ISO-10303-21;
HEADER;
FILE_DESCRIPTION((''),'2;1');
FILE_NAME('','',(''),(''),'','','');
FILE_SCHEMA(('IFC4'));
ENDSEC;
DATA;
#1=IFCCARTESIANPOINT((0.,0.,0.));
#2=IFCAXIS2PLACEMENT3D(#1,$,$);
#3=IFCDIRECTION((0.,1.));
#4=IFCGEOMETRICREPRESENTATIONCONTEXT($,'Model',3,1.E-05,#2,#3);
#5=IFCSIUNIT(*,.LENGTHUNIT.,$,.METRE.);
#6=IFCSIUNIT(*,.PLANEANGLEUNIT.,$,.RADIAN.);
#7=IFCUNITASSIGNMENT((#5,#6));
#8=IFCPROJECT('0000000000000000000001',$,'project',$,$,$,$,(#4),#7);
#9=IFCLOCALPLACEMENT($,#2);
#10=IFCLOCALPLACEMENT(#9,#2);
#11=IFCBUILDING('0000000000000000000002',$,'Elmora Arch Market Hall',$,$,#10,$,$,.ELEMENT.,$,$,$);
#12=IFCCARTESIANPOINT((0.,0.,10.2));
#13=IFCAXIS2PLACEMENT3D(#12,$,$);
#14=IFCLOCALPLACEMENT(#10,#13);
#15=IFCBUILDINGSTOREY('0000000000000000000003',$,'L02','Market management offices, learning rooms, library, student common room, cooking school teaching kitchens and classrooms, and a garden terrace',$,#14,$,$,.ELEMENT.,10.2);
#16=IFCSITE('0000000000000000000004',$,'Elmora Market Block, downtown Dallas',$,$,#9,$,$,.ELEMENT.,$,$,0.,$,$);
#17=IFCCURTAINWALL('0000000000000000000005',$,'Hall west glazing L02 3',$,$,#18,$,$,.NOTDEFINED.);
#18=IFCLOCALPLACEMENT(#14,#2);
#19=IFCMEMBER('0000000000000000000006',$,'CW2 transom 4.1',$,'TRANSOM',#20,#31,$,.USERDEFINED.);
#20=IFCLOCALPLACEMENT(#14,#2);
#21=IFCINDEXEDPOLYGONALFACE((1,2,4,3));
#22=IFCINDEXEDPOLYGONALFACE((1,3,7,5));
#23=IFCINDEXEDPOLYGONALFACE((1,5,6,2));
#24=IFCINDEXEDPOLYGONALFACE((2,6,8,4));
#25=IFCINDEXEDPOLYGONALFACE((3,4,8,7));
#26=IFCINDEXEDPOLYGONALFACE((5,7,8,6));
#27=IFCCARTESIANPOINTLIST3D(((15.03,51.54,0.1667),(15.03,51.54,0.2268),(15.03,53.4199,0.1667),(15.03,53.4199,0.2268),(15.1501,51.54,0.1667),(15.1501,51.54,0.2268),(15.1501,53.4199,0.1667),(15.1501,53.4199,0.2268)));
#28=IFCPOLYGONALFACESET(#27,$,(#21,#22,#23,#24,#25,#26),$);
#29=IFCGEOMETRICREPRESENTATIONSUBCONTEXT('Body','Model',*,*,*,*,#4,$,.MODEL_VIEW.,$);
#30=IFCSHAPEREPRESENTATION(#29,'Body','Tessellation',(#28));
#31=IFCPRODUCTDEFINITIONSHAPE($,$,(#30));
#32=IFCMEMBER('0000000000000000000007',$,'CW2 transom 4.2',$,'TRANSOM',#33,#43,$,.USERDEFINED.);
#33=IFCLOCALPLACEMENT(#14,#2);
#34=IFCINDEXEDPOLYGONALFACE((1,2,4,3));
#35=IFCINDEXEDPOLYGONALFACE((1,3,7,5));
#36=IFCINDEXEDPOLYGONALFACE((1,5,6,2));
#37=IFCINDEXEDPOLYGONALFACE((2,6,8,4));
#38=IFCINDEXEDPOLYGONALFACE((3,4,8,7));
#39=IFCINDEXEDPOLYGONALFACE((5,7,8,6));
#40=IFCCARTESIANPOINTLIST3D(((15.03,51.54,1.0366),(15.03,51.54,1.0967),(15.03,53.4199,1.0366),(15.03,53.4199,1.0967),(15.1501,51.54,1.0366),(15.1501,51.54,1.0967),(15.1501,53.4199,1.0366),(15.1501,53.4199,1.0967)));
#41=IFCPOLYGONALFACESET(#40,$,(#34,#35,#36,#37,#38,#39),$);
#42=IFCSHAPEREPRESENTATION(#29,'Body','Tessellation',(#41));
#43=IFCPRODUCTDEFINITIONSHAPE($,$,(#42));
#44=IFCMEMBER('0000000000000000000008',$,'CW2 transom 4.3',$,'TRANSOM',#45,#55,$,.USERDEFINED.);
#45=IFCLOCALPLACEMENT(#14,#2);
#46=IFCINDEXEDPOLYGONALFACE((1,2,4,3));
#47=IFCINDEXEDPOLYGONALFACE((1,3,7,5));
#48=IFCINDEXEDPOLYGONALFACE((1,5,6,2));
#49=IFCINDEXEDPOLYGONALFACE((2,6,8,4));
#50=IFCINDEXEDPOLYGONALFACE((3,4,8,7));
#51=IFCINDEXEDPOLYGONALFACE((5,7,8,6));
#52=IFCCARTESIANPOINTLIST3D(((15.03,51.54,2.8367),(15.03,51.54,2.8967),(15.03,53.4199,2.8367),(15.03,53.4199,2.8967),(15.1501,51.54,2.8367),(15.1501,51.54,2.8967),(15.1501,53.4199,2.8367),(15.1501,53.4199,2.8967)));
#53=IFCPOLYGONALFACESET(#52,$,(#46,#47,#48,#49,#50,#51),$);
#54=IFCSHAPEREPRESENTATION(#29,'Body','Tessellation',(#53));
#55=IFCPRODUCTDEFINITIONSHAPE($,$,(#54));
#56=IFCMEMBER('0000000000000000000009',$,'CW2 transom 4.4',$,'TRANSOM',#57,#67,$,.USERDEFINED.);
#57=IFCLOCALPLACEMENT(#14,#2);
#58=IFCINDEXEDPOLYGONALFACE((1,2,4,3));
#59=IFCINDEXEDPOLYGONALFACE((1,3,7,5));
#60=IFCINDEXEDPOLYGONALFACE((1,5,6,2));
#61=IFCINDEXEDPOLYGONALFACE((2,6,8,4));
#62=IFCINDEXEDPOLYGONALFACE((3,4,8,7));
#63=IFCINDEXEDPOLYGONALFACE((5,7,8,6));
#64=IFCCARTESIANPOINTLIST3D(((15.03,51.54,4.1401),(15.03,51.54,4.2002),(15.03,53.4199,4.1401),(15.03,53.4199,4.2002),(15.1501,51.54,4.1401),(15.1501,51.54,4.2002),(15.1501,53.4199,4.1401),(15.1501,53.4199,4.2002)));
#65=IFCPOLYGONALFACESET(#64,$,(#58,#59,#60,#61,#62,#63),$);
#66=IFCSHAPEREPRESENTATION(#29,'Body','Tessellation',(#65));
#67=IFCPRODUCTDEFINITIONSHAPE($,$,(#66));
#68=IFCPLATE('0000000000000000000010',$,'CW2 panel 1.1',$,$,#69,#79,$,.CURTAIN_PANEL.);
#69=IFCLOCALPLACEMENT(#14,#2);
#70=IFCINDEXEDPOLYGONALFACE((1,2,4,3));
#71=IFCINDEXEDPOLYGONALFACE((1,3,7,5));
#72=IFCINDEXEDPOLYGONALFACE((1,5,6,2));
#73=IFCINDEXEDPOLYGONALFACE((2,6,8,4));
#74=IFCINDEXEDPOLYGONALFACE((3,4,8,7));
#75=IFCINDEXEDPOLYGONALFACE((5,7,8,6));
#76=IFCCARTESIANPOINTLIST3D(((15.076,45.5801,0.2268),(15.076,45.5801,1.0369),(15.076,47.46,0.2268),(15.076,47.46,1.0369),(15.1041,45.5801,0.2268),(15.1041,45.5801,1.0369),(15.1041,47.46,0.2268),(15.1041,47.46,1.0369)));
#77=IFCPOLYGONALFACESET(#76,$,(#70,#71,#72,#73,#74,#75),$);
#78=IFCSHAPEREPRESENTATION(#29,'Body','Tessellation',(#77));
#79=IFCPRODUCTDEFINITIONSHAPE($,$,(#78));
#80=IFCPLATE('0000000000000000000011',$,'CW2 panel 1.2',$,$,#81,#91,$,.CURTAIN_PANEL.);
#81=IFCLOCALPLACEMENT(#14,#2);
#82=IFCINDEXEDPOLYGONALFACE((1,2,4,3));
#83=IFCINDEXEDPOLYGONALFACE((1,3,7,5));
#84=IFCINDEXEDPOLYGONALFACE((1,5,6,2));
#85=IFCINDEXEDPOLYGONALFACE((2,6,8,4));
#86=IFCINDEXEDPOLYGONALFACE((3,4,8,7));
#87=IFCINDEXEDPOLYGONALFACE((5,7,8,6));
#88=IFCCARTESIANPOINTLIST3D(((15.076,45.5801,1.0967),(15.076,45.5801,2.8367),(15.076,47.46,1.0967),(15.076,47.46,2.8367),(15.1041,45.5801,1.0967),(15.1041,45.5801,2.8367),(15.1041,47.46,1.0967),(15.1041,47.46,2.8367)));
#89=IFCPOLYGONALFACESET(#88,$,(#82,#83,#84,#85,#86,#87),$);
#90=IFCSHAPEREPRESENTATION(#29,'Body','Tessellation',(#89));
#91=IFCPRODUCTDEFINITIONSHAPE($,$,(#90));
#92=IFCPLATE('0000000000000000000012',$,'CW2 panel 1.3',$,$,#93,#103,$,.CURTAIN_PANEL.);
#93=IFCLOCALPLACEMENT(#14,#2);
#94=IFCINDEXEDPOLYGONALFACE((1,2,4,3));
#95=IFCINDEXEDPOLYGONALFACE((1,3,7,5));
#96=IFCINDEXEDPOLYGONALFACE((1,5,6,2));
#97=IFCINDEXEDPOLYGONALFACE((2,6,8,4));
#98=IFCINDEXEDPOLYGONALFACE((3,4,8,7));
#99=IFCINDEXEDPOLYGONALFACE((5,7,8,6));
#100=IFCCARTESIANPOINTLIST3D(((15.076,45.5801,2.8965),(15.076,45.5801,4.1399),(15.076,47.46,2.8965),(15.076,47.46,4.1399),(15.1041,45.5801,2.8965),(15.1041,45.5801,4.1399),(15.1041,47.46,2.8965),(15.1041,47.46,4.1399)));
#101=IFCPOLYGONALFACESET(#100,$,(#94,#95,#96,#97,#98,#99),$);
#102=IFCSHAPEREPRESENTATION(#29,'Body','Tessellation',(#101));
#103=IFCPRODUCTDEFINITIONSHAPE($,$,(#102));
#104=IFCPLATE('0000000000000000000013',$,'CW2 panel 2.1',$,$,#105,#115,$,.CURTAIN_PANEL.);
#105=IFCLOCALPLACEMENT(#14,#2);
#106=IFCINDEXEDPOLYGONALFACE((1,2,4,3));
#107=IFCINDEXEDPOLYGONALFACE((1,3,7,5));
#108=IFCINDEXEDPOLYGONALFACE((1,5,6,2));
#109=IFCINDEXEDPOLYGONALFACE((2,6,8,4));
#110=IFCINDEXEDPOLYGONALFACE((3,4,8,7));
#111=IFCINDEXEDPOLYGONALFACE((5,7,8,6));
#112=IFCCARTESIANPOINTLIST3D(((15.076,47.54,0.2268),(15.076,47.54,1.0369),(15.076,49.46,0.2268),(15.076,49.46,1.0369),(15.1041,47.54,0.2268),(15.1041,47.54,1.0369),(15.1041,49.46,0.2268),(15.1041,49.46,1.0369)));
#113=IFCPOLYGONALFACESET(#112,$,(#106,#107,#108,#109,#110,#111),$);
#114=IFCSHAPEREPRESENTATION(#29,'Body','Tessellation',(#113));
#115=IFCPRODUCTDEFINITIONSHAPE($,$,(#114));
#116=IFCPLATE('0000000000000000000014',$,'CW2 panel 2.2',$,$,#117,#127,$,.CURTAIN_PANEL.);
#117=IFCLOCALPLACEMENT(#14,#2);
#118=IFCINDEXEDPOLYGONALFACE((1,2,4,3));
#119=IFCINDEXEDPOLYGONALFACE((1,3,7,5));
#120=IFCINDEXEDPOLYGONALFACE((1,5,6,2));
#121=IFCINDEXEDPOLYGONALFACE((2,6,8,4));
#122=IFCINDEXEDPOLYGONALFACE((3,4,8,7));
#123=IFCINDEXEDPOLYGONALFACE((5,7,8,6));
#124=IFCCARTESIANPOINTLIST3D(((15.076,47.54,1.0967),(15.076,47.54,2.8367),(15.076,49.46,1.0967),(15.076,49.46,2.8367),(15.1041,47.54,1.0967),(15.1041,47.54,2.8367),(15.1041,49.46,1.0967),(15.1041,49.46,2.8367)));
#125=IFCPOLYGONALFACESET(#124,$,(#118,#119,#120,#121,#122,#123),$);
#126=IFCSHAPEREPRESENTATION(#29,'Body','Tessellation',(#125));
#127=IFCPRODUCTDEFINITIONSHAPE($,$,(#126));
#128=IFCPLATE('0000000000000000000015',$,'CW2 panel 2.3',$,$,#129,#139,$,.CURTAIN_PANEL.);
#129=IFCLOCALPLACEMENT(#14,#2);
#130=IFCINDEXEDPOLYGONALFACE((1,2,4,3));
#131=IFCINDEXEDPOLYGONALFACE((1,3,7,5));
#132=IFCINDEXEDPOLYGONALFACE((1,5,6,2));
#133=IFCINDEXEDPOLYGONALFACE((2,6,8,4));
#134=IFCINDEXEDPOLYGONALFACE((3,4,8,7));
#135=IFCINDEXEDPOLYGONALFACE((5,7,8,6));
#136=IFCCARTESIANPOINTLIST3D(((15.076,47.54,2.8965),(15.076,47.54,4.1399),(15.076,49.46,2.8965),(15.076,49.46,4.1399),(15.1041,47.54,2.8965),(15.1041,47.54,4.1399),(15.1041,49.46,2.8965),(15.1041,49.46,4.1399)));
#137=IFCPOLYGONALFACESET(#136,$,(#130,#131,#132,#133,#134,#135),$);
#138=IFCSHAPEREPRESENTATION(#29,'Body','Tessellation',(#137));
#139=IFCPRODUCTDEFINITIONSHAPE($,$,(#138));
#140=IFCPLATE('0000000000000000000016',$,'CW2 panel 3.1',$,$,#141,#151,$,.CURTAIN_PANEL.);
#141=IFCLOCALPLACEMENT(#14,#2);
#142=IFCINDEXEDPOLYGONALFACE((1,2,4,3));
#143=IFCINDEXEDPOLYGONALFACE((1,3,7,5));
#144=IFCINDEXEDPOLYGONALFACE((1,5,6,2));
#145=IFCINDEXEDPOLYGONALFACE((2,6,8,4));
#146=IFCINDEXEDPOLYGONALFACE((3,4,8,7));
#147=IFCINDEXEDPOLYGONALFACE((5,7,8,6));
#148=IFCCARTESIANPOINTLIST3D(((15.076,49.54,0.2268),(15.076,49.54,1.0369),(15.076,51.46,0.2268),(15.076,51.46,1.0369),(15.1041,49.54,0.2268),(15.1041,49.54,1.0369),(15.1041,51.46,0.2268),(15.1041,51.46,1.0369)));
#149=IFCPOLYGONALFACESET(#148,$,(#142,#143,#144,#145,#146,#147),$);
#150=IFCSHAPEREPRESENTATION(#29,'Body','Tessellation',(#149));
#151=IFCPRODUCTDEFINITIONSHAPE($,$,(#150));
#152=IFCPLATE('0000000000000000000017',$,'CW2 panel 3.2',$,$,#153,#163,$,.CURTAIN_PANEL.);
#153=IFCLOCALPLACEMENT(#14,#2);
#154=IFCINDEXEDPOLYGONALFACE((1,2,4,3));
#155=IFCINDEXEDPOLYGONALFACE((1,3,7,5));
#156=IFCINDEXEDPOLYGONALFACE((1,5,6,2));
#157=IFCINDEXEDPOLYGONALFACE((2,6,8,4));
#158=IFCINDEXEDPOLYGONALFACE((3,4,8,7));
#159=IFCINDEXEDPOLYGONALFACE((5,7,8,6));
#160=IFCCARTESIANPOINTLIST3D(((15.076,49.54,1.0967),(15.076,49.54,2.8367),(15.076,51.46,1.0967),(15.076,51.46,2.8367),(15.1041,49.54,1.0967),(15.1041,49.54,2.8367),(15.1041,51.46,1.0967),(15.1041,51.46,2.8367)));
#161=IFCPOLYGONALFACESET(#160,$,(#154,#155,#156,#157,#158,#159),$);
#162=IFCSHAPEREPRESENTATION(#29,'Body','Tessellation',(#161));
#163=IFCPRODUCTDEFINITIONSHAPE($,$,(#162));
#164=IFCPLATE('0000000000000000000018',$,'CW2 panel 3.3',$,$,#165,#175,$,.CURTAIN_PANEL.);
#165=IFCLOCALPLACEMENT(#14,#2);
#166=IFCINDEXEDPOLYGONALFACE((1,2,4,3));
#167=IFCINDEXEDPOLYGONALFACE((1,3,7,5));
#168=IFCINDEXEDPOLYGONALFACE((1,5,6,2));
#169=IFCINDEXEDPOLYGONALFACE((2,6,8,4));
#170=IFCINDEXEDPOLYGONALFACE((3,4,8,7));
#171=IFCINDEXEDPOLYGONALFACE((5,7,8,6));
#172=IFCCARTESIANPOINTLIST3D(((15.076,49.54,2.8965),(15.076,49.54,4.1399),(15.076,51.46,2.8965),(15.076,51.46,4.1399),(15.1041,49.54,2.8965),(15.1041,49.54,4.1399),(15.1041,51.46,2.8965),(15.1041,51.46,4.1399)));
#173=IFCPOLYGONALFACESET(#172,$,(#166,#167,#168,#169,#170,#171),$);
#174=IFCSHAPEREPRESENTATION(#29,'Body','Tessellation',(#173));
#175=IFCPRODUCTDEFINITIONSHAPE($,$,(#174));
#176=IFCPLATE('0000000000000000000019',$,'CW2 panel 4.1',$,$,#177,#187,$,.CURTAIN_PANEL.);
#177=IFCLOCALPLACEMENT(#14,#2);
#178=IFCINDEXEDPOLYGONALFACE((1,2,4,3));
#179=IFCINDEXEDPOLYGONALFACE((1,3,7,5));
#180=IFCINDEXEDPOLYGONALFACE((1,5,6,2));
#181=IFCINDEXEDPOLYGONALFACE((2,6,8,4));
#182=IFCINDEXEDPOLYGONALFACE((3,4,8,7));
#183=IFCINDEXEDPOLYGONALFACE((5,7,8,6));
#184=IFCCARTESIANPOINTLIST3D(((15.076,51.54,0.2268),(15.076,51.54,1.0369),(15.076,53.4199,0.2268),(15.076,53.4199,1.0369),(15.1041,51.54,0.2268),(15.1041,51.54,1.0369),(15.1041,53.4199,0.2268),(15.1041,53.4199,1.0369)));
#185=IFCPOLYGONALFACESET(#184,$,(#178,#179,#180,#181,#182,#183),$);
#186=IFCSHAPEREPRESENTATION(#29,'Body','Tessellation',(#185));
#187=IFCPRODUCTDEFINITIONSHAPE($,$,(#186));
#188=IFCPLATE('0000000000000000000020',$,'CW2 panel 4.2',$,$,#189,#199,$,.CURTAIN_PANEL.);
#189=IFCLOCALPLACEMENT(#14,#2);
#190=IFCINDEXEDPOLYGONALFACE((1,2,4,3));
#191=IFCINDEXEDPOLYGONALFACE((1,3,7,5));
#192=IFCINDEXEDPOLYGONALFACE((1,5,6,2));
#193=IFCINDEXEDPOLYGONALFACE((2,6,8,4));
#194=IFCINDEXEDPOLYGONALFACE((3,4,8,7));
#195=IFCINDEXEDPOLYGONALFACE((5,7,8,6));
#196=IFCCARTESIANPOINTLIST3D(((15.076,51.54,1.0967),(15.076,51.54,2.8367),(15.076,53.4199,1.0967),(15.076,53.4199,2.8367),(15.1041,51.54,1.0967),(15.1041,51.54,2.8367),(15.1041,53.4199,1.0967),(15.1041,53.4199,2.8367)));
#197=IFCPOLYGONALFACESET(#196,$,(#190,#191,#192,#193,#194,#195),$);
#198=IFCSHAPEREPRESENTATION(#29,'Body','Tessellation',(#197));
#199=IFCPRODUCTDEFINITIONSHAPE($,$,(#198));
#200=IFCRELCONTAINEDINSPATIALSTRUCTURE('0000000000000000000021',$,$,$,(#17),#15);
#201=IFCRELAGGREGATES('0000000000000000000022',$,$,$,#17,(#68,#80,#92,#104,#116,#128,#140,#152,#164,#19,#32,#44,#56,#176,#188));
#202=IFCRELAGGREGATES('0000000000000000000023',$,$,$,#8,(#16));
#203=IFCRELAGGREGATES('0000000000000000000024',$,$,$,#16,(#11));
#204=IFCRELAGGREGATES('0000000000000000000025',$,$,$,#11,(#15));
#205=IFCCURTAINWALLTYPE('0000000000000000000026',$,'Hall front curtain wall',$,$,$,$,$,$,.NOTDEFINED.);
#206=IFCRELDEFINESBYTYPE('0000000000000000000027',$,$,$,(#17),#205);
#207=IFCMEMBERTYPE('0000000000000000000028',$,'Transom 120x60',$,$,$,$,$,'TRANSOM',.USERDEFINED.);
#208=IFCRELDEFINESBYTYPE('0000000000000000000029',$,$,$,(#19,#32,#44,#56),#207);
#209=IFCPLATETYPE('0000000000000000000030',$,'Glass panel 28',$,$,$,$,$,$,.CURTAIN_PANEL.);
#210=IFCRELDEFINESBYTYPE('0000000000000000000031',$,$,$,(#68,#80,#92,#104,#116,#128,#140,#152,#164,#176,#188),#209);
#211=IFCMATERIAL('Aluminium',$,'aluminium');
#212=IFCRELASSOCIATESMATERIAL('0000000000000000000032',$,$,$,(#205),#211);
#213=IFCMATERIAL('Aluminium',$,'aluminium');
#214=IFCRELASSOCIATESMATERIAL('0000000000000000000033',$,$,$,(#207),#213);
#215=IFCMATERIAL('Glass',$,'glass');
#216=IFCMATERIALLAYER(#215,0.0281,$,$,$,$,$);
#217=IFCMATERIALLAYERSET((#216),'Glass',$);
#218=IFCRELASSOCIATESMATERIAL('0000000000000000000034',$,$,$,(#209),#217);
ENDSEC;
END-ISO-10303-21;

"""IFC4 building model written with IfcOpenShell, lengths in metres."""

from ifc_helpers import new_model, si_unit, direction, frame, origin, origin_2d, place, context, subcontext, project, spatial, rectangle, extrude, material, layer, layer_set, material_profile, profile_set, type_object, element, aggregate, save


model = new_model("IFC4")

# Units and contexts
model_context = context("Model", 3, precision=1e-05, world=origin(), true_north=direction((0.0, 1.0)))
body_context = subcontext(model_context, "Body", "Model", "MODEL_VIEW")
ifc_project = project(units=[si_unit("LENGTHUNIT", "METRE"), si_unit("PLANEANGLEUNIT", "RADIAN")], contexts=[model_context])

# Site, building, storey
site_placement = place(None, origin())
site = spatial("IfcSite", under=ifc_project, at=site_placement, Name="Elmora Market Block, downtown Dallas", CompositionType="ELEMENT", RefElevation=0.0)
building_placement = place(site_placement, origin())
building = spatial("IfcBuilding", under=site, at=building_placement, Name="Elmora Arch Market Hall", CompositionType="ELEMENT")
storey_placement = place(building_placement, frame((0.0, 0.0, 10.2)))
storey = spatial("IfcBuildingStorey", under=building, at=storey_placement, Name="L02", Description="Market management offices, learning rooms, library, student common room, cooking school teaching kitchens and classrooms, and a garden terrace", CompositionType="ELEMENT", Elevation=10.2)

# Curtain wall, members, plates
ifc_material_1 = material(Name="Aluminium", Category="aluminium")
curtain_wall_type = type_object("IfcCurtainWallType", Name="Hall front curtain wall", PredefinedType="NOTDEFINED", material=ifc_material_1)
curtain_wall_placement = place(storey_placement, origin())
curtain_wall = element("IfcCurtainWall", 1, at=curtain_wall_placement, inside=storey, type_object=curtain_wall_type, Name="Hall west glazing L02 3", PredefinedType="NOTDEFINED")
ifc_material_2 = material(Name="Aluminium", Category="aluminium")
ifc_material_profile_1 = material_profile(ifc_material_2, rectangle(XDim=0.1201, YDim=0.0601, at=origin_2d()), Name="AL 120x60")
ifc_profile_set_1 = profile_set([ifc_material_profile_1], Name="Aluminium")
member_type_1 = type_object("IfcMemberType", Name="Transom 120x60", ElementType="TRANSOM", PredefinedType="USERDEFINED", material=ifc_profile_set_1)
member_1_placement = place(storey_placement, frame((15.0901, 51.54, 0.1968), z_axis=(0.0, 1.0, 0.0), x_axis=(-1.0, 0.0, 0.0)))
member_1 = element("IfcMember", 2, at=member_1_placement, type_object=member_type_1, Name="CW2 transom 4.1", ObjectType="TRANSOM", PredefinedType="USERDEFINED", context=body_context, shape_type="SweptSolid", body=[
    extrude(rectangle(XDim=0.1201, YDim=0.0601, at=origin_2d()), origin(), (0.0, 0.0, 1.0), 1.8799),
])
member_2_placement = place(storey_placement, frame((15.0901, 51.54, 1.0667), z_axis=(0.0, 1.0, 0.0), x_axis=(-1.0, 0.0, 0.0)))
member_2 = element("IfcMember", 3, at=member_2_placement, type_object=member_type_1, Name="CW2 transom 4.2", ObjectType="TRANSOM", PredefinedType="USERDEFINED", context=body_context, shape_type="SweptSolid", body=[
    extrude(rectangle(XDim=0.1201, YDim=0.0601, at=origin_2d()), origin(), (0.0, 0.0, 1.0), 1.8799),
])
member_3_placement = place(storey_placement, frame((15.0901, 51.54, 2.8667), z_axis=(0.0, 1.0, 0.0), x_axis=(-1.0, 0.0, 0.0)))
member_3 = element("IfcMember", 4, at=member_3_placement, type_object=member_type_1, Name="CW2 transom 4.3", ObjectType="TRANSOM", PredefinedType="USERDEFINED", context=body_context, shape_type="SweptSolid", body=[
    extrude(rectangle(XDim=0.1201, YDim=0.0601, at=origin_2d()), origin(), (0.0, 0.0, 1.0), 1.8799),
])
member_4_placement = place(storey_placement, frame((15.0901, 51.54, 4.1702), z_axis=(0.0, 1.0, 0.0), x_axis=(-1.0, 0.0, 0.0)))
member_4 = element("IfcMember", 5, at=member_4_placement, type_object=member_type_1, Name="CW2 transom 4.4", ObjectType="TRANSOM", PredefinedType="USERDEFINED", context=body_context, shape_type="SweptSolid", body=[
    extrude(rectangle(XDim=0.1201, YDim=0.0601, at=origin_2d()), origin(), (0.0, 0.0, 1.0), 1.8799),
])
ifc_material_3 = material(Name="Glass", Category="glass")
ifc_layer = layer(ifc_material_3, 0.0281)
ifc_layer_set = layer_set([ifc_layer], Name="Glass")
plate_type = type_object("IfcPlateType", Name="Glass panel 28", PredefinedType="CURTAIN_PANEL", material=ifc_layer_set)
plate_1_placement = place(storey_placement, frame((15.0901, 46.52, 0.2268), z_axis=(0.0, 0.0, 1.0), x_axis=(0.0, 1.0, 0.0)))
plate_1 = element("IfcPlate", 6, at=plate_1_placement, type_object=plate_type, Name="CW2 panel 1.1", PredefinedType="CURTAIN_PANEL", context=body_context, shape_type="SweptSolid", body=[
    extrude(rectangle(XDim=1.8799, YDim=0.0281, at=origin_2d()), origin(), (0.0, 0.0, 1.0), 0.8101),
])
plate_2_placement = place(storey_placement, frame((15.0901, 46.52, 1.0967), z_axis=(0.0, 0.0, 1.0), x_axis=(0.0, 1.0, 0.0)))
plate_2 = element("IfcPlate", 7, at=plate_2_placement, type_object=plate_type, Name="CW2 panel 1.2", PredefinedType="CURTAIN_PANEL", context=body_context, shape_type="SweptSolid", body=[
    extrude(rectangle(XDim=1.8799, YDim=0.0281, at=origin_2d()), origin(), (0.0, 0.0, 1.0), 1.74),
])
plate_3_placement = place(storey_placement, frame((15.0901, 46.52, 2.8965), z_axis=(0.0, 0.0, 1.0), x_axis=(0.0, 1.0, 0.0)))
plate_3 = element("IfcPlate", 8, at=plate_3_placement, type_object=plate_type, Name="CW2 panel 1.3", PredefinedType="CURTAIN_PANEL", context=body_context, shape_type="SweptSolid", body=[
    extrude(rectangle(XDim=1.8799, YDim=0.0281, at=origin_2d()), origin(), (0.0, 0.0, 1.0), 1.2434),
])
plate_4_placement = place(storey_placement, frame((15.0901, 48.5, 0.2268), z_axis=(0.0, 0.0, 1.0), x_axis=(0.0, 1.0, 0.0)))
plate_4 = element("IfcPlate", 9, at=plate_4_placement, type_object=plate_type, Name="CW2 panel 2.1", PredefinedType="CURTAIN_PANEL", context=body_context, shape_type="SweptSolid", body=[
    extrude(rectangle(XDim=1.9199, YDim=0.0281, at=origin_2d()), origin(), (0.0, 0.0, 1.0), 0.8101),
])
plate_5_placement = place(storey_placement, frame((15.0901, 48.5, 1.0967), z_axis=(0.0, 0.0, 1.0), x_axis=(0.0, 1.0, 0.0)))
plate_5 = element("IfcPlate", 10, at=plate_5_placement, type_object=plate_type, Name="CW2 panel 2.2", PredefinedType="CURTAIN_PANEL", context=body_context, shape_type="SweptSolid", body=[
    extrude(rectangle(XDim=1.9199, YDim=0.0281, at=origin_2d()), origin(), (0.0, 0.0, 1.0), 1.74),
])
plate_6_placement = place(storey_placement, frame((15.0901, 48.5, 2.8965), z_axis=(0.0, 0.0, 1.0), x_axis=(0.0, 1.0, 0.0)))
plate_6 = element("IfcPlate", 11, at=plate_6_placement, type_object=plate_type, Name="CW2 panel 2.3", PredefinedType="CURTAIN_PANEL", context=body_context, shape_type="SweptSolid", body=[
    extrude(rectangle(XDim=1.9199, YDim=0.0281, at=origin_2d()), origin(), (0.0, 0.0, 1.0), 1.2434),
])
plate_7_placement = place(storey_placement, frame((15.0901, 50.5, 0.2268), z_axis=(0.0, 0.0, 1.0), x_axis=(0.0, 1.0, 0.0)))
plate_7 = element("IfcPlate", 12, at=plate_7_placement, type_object=plate_type, Name="CW2 panel 3.1", PredefinedType="CURTAIN_PANEL", context=body_context, shape_type="SweptSolid", body=[
    extrude(rectangle(XDim=1.9199, YDim=0.0281, at=origin_2d()), origin(), (0.0, 0.0, 1.0), 0.8101),
])
plate_8_placement = place(storey_placement, frame((15.0901, 50.5, 1.0967), z_axis=(0.0, 0.0, 1.0), x_axis=(0.0, 1.0, 0.0)))
plate_8 = element("IfcPlate", 13, at=plate_8_placement, type_object=plate_type, Name="CW2 panel 3.2", PredefinedType="CURTAIN_PANEL", context=body_context, shape_type="SweptSolid", body=[
    extrude(rectangle(XDim=1.9199, YDim=0.0281, at=origin_2d()), origin(), (0.0, 0.0, 1.0), 1.74),
])
plate_9_placement = place(storey_placement, frame((15.0901, 50.5, 2.8965), z_axis=(0.0, 0.0, 1.0), x_axis=(0.0, 1.0, 0.0)))
plate_9 = element("IfcPlate", 14, at=plate_9_placement, type_object=plate_type, Name="CW2 panel 3.3", PredefinedType="CURTAIN_PANEL", context=body_context, shape_type="SweptSolid", body=[
    extrude(rectangle(XDim=1.9199, YDim=0.0281, at=origin_2d()), origin(), (0.0, 0.0, 1.0), 1.2434),
])
plate_10_placement = place(storey_placement, frame((15.0901, 52.48, 0.2268), z_axis=(0.0, 0.0, 1.0), x_axis=(0.0, 1.0, 0.0)))
plate_10 = element("IfcPlate", 15, at=plate_10_placement, type_object=plate_type, Name="CW2 panel 4.1", PredefinedType="CURTAIN_PANEL", context=body_context, shape_type="SweptSolid", body=[
    extrude(rectangle(XDim=1.8799, YDim=0.0281, at=origin_2d()), origin(), (0.0, 0.0, 1.0), 0.8101),
])
plate_11_placement = place(storey_placement, frame((15.0901, 52.48, 1.0967), z_axis=(0.0, 0.0, 1.0), x_axis=(0.0, 1.0, 0.0)))
plate_11 = element("IfcPlate", 16, at=plate_11_placement, type_object=plate_type, Name="CW2 panel 4.2", PredefinedType="CURTAIN_PANEL", context=body_context, shape_type="SweptSolid", body=[
    extrude(rectangle(XDim=1.8799, YDim=0.0281, at=origin_2d()), origin(), (0.0, 0.0, 1.0), 1.74),
])
aggregate(curtain_wall, [plate_1, plate_2, plate_3, plate_4, plate_5, plate_6, plate_7, plate_8, plate_9, member_1, member_2, member_3, member_4, plate_10, plate_11])

save(model, "model.ifc")
